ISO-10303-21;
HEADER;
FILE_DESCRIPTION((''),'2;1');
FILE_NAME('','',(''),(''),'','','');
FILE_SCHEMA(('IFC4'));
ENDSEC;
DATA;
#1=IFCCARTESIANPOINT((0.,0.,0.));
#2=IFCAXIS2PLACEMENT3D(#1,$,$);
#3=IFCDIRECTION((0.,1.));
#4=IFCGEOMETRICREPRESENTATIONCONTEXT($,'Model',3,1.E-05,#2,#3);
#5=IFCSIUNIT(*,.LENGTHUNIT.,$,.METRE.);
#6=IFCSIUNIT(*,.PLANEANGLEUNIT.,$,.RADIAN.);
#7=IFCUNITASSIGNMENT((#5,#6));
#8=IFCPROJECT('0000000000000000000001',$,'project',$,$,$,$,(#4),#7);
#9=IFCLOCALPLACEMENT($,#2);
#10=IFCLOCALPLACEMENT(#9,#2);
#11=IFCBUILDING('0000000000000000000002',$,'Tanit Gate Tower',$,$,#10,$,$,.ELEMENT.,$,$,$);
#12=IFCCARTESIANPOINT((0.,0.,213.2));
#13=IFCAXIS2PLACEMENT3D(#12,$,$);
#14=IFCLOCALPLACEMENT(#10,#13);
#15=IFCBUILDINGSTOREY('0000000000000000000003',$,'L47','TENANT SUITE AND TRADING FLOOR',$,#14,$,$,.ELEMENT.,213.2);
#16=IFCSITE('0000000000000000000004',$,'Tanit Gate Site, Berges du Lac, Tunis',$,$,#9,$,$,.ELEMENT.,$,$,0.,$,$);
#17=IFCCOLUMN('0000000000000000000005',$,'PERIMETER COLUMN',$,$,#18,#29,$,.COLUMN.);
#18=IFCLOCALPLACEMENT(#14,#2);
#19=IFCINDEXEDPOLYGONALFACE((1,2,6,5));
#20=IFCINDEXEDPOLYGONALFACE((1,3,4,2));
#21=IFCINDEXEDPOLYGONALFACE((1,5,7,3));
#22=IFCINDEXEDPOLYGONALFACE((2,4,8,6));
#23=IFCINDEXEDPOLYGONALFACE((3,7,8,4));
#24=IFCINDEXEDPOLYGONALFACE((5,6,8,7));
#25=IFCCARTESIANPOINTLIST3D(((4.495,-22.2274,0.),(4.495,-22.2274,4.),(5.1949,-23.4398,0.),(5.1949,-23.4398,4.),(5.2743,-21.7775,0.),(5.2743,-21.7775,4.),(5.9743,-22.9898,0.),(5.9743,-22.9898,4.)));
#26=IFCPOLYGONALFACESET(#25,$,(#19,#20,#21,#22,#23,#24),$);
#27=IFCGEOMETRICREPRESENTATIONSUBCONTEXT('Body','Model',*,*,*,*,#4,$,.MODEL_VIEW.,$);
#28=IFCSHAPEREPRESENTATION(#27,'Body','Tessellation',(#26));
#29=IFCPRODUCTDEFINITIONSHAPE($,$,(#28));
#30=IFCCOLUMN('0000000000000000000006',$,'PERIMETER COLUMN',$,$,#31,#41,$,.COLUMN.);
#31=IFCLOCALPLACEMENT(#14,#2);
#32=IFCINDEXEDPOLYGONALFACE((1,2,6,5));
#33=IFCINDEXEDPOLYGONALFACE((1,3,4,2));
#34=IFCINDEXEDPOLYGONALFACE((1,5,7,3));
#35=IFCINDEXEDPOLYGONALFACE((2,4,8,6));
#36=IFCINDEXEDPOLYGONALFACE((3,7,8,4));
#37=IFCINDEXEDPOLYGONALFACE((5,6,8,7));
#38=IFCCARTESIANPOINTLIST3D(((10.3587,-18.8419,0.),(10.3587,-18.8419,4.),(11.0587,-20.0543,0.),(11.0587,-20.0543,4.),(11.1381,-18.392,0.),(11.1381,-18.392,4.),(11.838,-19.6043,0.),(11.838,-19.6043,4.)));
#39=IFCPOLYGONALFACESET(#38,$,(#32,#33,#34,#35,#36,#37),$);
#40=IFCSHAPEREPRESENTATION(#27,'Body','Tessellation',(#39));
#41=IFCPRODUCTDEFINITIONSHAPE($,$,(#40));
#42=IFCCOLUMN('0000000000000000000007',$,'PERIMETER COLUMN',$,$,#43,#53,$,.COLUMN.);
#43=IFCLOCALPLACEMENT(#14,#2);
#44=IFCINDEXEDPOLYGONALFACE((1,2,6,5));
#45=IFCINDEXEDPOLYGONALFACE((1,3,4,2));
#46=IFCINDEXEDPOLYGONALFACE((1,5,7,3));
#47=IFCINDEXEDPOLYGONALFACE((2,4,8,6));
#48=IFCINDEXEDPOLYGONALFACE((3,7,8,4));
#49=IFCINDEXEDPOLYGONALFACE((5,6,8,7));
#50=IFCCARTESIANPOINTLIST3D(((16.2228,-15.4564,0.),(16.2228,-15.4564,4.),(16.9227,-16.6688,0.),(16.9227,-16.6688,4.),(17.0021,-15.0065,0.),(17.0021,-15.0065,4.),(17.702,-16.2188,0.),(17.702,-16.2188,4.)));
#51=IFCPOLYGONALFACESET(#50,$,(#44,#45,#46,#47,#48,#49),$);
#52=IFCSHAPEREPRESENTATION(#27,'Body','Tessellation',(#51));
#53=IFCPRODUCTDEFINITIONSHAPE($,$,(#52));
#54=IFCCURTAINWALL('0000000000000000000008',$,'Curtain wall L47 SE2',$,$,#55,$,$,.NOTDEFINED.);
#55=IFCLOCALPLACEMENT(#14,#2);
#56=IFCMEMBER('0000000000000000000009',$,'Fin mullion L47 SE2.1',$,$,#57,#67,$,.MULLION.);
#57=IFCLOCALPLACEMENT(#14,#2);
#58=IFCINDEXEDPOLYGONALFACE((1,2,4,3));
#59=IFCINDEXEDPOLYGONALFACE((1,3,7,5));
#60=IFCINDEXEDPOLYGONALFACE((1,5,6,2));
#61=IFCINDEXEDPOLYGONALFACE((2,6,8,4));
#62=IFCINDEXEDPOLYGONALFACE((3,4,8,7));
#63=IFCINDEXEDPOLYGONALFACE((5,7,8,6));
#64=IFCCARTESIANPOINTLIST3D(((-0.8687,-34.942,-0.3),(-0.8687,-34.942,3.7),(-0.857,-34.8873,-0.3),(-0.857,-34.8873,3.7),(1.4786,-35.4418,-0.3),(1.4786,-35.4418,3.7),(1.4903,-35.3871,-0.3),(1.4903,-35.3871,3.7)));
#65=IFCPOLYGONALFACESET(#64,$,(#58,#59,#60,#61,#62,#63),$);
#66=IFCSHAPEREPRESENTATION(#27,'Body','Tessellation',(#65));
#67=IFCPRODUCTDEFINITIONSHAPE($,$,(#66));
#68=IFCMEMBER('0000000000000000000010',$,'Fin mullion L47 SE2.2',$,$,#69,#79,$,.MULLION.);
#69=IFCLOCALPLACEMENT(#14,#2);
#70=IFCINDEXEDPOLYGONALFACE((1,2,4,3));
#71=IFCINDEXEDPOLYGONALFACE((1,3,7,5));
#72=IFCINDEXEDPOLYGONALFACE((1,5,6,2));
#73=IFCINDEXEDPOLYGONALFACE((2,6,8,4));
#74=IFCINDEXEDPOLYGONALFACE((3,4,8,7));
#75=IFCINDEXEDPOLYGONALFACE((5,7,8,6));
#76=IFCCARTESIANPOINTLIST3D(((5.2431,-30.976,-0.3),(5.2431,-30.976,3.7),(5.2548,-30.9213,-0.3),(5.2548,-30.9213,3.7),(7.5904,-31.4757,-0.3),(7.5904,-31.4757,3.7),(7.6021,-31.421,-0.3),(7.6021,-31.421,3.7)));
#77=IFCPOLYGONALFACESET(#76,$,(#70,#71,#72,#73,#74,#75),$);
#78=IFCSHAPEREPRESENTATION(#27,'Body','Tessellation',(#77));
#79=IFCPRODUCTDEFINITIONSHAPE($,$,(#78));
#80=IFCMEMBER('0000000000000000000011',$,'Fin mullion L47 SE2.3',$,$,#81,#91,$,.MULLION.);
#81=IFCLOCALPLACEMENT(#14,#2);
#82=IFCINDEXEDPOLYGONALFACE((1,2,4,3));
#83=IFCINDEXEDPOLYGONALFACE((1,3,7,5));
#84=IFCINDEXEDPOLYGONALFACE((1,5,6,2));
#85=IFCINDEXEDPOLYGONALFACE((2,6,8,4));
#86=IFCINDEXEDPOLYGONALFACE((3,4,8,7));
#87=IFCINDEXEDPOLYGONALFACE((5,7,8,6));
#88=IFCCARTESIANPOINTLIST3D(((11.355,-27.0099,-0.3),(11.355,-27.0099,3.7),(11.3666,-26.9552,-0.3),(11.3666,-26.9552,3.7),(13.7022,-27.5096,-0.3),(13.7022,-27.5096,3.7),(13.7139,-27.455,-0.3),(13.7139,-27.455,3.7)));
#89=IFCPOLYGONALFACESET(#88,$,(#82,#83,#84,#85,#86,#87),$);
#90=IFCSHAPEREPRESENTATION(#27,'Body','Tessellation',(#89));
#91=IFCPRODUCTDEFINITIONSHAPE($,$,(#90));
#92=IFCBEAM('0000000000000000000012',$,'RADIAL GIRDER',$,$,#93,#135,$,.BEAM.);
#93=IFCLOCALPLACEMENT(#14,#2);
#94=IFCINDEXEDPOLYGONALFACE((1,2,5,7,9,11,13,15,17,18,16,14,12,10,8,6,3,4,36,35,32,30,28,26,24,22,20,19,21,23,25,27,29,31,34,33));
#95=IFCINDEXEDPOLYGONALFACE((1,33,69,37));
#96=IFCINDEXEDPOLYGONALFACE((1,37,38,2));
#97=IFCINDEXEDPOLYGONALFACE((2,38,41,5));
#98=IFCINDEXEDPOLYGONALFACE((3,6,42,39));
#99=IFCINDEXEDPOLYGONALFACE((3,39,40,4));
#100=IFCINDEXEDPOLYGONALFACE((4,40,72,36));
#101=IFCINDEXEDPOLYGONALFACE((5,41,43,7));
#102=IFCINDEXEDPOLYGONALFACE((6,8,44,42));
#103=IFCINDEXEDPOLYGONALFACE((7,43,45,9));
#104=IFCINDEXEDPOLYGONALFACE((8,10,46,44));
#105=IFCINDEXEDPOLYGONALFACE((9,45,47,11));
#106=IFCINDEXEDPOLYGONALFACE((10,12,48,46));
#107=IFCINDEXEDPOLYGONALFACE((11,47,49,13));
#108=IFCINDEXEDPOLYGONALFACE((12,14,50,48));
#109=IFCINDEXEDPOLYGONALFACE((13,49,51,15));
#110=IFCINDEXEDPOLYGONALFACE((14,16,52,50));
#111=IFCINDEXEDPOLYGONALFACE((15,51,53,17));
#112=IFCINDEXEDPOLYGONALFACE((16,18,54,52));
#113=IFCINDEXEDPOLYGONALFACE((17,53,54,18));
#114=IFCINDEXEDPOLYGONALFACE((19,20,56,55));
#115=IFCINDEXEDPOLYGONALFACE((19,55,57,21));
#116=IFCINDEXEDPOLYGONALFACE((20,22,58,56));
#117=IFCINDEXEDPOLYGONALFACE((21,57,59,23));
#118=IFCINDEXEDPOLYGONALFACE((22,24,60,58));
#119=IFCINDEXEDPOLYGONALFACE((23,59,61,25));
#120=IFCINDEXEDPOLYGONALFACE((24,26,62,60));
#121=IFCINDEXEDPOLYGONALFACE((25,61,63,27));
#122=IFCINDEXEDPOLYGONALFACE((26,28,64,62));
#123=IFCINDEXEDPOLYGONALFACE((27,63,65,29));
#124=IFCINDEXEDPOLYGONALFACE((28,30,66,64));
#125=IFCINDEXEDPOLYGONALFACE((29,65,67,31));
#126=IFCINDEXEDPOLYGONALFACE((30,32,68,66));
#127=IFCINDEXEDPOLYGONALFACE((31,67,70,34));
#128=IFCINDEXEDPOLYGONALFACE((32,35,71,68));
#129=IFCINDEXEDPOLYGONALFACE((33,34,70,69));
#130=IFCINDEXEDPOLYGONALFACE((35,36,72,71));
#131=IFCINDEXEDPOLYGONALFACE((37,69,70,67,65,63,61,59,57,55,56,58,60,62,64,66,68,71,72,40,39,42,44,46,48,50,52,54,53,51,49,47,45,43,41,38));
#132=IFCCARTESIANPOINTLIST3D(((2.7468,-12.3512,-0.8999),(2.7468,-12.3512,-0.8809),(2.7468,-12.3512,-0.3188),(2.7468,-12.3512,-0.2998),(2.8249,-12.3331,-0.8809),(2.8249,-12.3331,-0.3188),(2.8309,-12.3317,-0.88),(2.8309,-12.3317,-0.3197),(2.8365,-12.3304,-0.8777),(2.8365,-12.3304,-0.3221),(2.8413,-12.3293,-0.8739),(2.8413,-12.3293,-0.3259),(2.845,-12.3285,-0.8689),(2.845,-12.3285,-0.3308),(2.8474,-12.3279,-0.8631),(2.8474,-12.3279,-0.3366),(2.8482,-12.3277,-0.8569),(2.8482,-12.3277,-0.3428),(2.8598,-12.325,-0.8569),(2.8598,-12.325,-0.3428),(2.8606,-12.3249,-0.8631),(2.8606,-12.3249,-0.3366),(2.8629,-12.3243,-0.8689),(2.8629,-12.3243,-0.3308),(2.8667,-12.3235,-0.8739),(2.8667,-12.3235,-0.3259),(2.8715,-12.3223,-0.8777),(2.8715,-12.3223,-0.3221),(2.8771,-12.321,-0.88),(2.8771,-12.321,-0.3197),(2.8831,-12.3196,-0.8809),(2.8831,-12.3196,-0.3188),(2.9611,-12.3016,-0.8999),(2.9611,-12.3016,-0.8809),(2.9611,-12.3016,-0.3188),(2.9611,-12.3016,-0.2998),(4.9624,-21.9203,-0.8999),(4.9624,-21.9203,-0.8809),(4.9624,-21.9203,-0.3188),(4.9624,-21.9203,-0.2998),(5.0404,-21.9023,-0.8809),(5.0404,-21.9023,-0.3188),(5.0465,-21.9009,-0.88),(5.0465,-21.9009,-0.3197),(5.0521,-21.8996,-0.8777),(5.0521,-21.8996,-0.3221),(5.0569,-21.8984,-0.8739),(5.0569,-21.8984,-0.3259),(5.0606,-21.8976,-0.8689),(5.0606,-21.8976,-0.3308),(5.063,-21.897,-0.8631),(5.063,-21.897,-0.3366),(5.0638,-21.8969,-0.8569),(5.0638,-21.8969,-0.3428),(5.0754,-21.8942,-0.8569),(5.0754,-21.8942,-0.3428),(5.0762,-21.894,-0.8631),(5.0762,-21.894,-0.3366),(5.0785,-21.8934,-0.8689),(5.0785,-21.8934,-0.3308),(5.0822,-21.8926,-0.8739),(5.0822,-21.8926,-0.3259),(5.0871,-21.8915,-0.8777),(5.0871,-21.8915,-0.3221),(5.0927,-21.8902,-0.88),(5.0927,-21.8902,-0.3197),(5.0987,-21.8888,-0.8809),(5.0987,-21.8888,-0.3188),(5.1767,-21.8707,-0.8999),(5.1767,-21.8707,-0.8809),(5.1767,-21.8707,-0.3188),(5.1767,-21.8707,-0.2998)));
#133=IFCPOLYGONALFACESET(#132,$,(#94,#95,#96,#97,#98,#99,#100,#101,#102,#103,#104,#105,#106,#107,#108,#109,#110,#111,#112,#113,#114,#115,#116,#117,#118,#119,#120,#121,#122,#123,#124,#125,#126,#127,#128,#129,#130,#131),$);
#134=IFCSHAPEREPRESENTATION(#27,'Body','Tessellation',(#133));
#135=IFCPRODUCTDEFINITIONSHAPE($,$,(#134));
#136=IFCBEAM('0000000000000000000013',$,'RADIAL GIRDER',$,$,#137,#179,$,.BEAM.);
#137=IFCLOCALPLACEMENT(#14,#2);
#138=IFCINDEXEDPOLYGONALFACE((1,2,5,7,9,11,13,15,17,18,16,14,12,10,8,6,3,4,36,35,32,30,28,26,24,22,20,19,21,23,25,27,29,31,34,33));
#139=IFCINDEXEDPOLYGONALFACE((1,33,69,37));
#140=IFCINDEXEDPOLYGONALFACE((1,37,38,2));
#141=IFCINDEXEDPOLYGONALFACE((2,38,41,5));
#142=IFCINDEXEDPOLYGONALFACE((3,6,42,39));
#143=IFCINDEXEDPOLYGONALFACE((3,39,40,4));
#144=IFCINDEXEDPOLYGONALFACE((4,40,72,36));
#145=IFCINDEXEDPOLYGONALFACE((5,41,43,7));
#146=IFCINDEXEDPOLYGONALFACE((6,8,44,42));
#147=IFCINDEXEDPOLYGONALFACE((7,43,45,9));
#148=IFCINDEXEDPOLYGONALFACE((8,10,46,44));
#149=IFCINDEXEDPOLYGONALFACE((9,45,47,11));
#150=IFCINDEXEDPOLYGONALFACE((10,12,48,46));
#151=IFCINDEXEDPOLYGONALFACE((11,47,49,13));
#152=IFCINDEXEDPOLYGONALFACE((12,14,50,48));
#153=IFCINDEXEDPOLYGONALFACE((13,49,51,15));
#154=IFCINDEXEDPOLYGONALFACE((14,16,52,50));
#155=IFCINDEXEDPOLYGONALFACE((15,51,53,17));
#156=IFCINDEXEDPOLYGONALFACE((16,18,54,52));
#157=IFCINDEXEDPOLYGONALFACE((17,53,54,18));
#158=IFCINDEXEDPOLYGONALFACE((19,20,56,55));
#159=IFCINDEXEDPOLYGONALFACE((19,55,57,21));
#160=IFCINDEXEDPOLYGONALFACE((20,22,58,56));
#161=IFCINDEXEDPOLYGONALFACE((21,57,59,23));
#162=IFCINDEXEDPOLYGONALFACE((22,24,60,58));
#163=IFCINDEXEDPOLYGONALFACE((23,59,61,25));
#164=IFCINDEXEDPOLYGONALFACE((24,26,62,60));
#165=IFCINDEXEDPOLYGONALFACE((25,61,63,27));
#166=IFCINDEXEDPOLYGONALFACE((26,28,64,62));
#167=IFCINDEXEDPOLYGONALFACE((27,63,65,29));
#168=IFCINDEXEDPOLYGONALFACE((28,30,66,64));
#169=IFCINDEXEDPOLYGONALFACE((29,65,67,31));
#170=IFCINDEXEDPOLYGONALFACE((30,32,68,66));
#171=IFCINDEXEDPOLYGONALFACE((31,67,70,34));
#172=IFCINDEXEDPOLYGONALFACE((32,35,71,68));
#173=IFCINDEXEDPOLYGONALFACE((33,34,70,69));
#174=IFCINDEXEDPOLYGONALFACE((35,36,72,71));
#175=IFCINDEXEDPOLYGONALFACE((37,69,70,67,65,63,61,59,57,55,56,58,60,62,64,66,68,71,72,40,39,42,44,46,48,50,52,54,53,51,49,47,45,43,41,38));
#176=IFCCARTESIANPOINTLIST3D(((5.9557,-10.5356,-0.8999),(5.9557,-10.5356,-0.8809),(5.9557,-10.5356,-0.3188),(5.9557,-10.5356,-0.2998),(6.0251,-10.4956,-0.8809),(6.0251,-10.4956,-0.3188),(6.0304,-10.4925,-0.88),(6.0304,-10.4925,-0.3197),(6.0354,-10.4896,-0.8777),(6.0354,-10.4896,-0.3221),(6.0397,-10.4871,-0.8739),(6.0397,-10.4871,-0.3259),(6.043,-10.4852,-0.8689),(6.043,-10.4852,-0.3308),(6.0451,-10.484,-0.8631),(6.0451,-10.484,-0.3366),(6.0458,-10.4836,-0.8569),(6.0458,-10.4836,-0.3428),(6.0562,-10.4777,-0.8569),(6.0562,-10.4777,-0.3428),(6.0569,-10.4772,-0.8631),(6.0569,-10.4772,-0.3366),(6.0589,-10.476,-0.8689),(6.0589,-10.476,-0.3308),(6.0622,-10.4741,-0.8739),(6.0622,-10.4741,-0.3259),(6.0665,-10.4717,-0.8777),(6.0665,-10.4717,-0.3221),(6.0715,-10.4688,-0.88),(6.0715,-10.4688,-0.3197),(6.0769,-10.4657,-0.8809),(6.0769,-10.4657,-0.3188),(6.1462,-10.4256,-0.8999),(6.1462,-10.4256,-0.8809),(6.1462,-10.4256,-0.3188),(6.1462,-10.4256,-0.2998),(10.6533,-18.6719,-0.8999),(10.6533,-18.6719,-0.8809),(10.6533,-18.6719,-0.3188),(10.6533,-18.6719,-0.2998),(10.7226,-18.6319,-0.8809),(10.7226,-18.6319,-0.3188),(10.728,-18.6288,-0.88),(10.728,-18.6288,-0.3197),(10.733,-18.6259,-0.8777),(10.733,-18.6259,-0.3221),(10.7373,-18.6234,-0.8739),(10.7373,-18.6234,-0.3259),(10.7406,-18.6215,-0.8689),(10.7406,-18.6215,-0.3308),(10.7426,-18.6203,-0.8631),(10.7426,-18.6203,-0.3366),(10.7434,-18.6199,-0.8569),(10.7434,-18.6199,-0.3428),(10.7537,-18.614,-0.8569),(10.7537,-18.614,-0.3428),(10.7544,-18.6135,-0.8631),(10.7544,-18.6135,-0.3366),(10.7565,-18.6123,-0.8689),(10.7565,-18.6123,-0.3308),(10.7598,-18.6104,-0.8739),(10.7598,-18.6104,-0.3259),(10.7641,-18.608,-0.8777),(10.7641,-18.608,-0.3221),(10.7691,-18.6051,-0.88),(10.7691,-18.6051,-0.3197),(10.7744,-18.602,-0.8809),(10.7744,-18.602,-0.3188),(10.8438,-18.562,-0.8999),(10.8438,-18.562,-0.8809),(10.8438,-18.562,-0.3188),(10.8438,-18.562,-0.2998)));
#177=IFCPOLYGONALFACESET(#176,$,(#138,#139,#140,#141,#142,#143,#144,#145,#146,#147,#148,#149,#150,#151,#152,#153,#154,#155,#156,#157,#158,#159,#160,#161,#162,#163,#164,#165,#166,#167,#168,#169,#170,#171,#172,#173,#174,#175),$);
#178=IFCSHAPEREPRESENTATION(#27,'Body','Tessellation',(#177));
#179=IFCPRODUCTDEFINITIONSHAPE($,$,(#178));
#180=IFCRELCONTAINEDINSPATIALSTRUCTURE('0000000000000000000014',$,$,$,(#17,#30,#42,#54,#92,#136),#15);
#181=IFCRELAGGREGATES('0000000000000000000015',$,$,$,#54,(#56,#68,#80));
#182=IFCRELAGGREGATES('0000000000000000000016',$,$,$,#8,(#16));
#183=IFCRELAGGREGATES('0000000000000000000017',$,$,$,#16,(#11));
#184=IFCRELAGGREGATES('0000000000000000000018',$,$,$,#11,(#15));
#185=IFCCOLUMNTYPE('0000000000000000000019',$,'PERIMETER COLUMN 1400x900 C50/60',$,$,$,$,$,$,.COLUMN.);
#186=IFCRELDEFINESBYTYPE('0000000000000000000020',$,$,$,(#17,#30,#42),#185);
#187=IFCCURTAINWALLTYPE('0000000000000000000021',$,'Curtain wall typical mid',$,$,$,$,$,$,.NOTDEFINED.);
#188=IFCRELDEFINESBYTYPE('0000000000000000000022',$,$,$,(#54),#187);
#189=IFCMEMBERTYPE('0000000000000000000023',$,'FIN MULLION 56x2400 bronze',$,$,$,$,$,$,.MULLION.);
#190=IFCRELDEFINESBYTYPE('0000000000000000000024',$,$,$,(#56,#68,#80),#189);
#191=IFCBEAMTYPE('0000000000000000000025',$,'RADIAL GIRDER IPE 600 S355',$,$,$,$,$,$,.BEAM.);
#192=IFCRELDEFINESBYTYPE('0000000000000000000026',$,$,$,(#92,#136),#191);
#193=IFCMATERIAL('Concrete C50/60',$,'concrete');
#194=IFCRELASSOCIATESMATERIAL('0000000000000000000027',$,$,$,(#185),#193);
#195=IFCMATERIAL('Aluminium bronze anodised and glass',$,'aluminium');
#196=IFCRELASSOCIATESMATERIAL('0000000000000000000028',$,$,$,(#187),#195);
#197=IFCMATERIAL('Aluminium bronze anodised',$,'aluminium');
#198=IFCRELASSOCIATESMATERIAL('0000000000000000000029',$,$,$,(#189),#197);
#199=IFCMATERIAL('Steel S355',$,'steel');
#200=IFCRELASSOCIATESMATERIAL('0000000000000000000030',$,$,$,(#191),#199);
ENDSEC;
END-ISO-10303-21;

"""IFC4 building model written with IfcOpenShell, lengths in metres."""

from ifc_helpers import new_model, si_unit, direction, frame, origin, origin_2d, place, context, subcontext, project, spatial, rectangle, i_section, extrude, material, material_profile, profile_set, type_object, element, aggregate, save


model = new_model("IFC4")

# Units and contexts
model_context = context("Model", 3, precision=1e-05, world=origin(), true_north=direction((0.0, 1.0)))
body_context = subcontext(model_context, "Body", "Model", "MODEL_VIEW")
ifc_project = project(units=[si_unit("LENGTHUNIT", "METRE"), si_unit("PLANEANGLEUNIT", "RADIAN")], contexts=[model_context])

# Site, building, storey
site_placement = place(None, origin())
site = spatial("IfcSite", under=ifc_project, at=site_placement, Name="Tanit Gate Site, Berges du Lac, Tunis", CompositionType="ELEMENT", RefElevation=0.0)
building_placement = place(site_placement, origin())
building = spatial("IfcBuilding", under=site, at=building_placement, Name="Tanit Gate Tower", CompositionType="ELEMENT")
storey_placement = place(building_placement, frame((0.0, 0.0, 213.2)))
storey = spatial("IfcBuildingStorey", under=building, at=storey_placement, Name="L47", Description="TENANT SUITE AND TRADING FLOOR", CompositionType="ELEMENT", Elevation=213.2)

# Columns
ifc_material_1 = material(Name="Concrete C50/60", Category="concrete")
ifc_material_profile_1 = material_profile(ifc_material_1, rectangle(XDim=1.3999, YDim=0.8999, at=origin_2d()), Name="RC 1400x900")
ifc_profile_set_1 = profile_set([ifc_material_profile_1], Name="Concrete C50/60")
column_type = type_object("IfcColumnType", Name="PERIMETER COLUMN 1400x900 C50/60", PredefinedType="COLUMN", material=ifc_profile_set_1)
for number, where, z_axis, x_axis, name in (
    (1, (5.2346, -22.6086, 0.0), (0.0, 0.0, 1.0), (0.5, -0.866025, 0.0), "PERIMETER COLUMN"),
    (2, (11.0984, -19.2231, 0.0), (0.0, 0.0, 1.0), (0.5, -0.866025, 0.0), "PERIMETER COLUMN"),
    (3, (16.9624, -15.8376, 0.0), (0.0, 0.0, 1.0), (0.5, -0.866025, 0.0), "PERIMETER COLUMN"),
):
    element("IfcColumn", number, at=place(storey_placement, frame(where, z_axis=z_axis, x_axis=x_axis)), inside=storey, type_object=column_type, Name=name, PredefinedType="COLUMN", context=body_context, shape_type="SweptSolid", body=[
        extrude(rectangle(XDim=1.3999, YDim=0.8999, at=origin_2d()), origin(), (0.0, 0.0, 1.0), 4.0),
    ])

# Curtain wall, members
ifc_material_2 = material(Name="Aluminium bronze anodised and glass", Category="aluminium")
curtain_wall_type = type_object("IfcCurtainWallType", Name="Curtain wall typical mid", PredefinedType="NOTDEFINED", material=ifc_material_2)
curtain_wall_placement = place(storey_placement, origin())
curtain_wall = element("IfcCurtainWall", 4, at=curtain_wall_placement, inside=storey, type_object=curtain_wall_type, Name="Curtain wall L47 SE2", PredefinedType="NOTDEFINED")
ifc_material_3 = material(Name="Aluminium bronze anodised", Category="aluminium")
ifc_material_profile_2 = material_profile(ifc_material_3, rectangle(XDim=2.3999, YDim=0.0559, at=origin_2d()), Name="56x2400 bronze fin mullion")
ifc_profile_set_2 = profile_set([ifc_material_profile_2], Name="Aluminium bronze anodised")
member_type_1 = type_object("IfcMemberType", Name="FIN MULLION 56x2400 bronze", PredefinedType="MULLION", material=ifc_profile_set_2)
member_1_placement = place(storey_placement, frame((0.3108, -35.1646, -0.3), z_axis=(0.0, 0.0, 1.0), x_axis=(-0.978078, 0.208238, 0.0)))
member_1 = element("IfcMember", 5, at=member_1_placement, type_object=member_type_1, Name="Fin mullion L47 SE2.1", PredefinedType="MULLION", context=body_context, shape_type="SweptSolid", body=[
    extrude(rectangle(XDim=2.3999, YDim=0.0559, at=origin_2d()), origin(), (0.0, 0.0, 1.0), 4.0),
])
member_2_placement = place(storey_placement, frame((6.4226, -31.1985, -0.3), z_axis=(0.0, 0.0, 1.0), x_axis=(-0.978078, 0.208238, 0.0)))
member_2 = element("IfcMember", 6, at=member_2_placement, type_object=member_type_1, Name="Fin mullion L47 SE2.2", PredefinedType="MULLION", context=body_context, shape_type="SweptSolid", body=[
    extrude(rectangle(XDim=2.3999, YDim=0.0559, at=origin_2d()), origin(), (0.0, 0.0, 1.0), 4.0),
])
member_3_placement = place(storey_placement, frame((12.5344, -27.2324, -0.3), z_axis=(0.0, 0.0, 1.0), x_axis=(-0.978078, 0.208238, 0.0)))
member_3 = element("IfcMember", 7, at=member_3_placement, type_object=member_type_1, Name="Fin mullion L47 SE2.3", PredefinedType="MULLION", context=body_context, shape_type="SweptSolid", body=[
    extrude(rectangle(XDim=2.3999, YDim=0.0559, at=origin_2d()), origin(), (0.0, 0.0, 1.0), 4.0),
])

# Beams
ifc_material_4 = material(Name="Steel S355", Category="steel")
ifc_material_profile_3 = material_profile(ifc_material_4, i_section(OverallWidth=0.22, OverallDepth=0.6001, WebThickness=0.012, FlangeThickness=0.019, FilletRadius=0.0239, at=origin_2d()), Name="IPE 600")
ifc_profile_set_3 = profile_set([ifc_material_profile_3], Name="Steel S355")
beam_type = type_object("IfcBeamType", Name="RADIAL GIRDER IPE 600 S355", PredefinedType="BEAM", material=ifc_profile_set_3)
beam_1_placement = place(storey_placement, frame((5.0696, -21.8955, -0.5999), z_axis=(-0.225567, 0.974228, 0.0), x_axis=(-0.974228, -0.225567, 0.0)))
element("IfcBeam", 8, at=beam_1_placement, inside=storey, type_object=beam_type, Name="RADIAL GIRDER", PredefinedType="BEAM", context=body_context, shape_type="SweptSolid", body=[
    extrude(i_section(OverallWidth=0.22, OverallDepth=0.6001, WebThickness=0.012, FlangeThickness=0.019, FilletRadius=0.0239, at=origin_2d()), origin(), (0.0, 0.0, 1.0), 9.8223),
])
beam_2_placement = place(storey_placement, frame((10.7485, -18.6169, -0.5999), z_axis=(-0.500004, 0.866023, 0.0), x_axis=(-0.866023, -0.500004, 0.0)))
element("IfcBeam", 9, at=beam_2_placement, inside=storey, type_object=beam_type, Name="RADIAL GIRDER", PredefinedType="BEAM", context=body_context, shape_type="SweptSolid", body=[
    extrude(i_section(OverallWidth=0.22, OverallDepth=0.6001, WebThickness=0.012, FlangeThickness=0.019, FilletRadius=0.0239, at=origin_2d()), origin(), (0.0, 0.0, 1.0), 9.395),
])

aggregate(curtain_wall, [member_1, member_2, member_3])

save(model, "model.ifc")
